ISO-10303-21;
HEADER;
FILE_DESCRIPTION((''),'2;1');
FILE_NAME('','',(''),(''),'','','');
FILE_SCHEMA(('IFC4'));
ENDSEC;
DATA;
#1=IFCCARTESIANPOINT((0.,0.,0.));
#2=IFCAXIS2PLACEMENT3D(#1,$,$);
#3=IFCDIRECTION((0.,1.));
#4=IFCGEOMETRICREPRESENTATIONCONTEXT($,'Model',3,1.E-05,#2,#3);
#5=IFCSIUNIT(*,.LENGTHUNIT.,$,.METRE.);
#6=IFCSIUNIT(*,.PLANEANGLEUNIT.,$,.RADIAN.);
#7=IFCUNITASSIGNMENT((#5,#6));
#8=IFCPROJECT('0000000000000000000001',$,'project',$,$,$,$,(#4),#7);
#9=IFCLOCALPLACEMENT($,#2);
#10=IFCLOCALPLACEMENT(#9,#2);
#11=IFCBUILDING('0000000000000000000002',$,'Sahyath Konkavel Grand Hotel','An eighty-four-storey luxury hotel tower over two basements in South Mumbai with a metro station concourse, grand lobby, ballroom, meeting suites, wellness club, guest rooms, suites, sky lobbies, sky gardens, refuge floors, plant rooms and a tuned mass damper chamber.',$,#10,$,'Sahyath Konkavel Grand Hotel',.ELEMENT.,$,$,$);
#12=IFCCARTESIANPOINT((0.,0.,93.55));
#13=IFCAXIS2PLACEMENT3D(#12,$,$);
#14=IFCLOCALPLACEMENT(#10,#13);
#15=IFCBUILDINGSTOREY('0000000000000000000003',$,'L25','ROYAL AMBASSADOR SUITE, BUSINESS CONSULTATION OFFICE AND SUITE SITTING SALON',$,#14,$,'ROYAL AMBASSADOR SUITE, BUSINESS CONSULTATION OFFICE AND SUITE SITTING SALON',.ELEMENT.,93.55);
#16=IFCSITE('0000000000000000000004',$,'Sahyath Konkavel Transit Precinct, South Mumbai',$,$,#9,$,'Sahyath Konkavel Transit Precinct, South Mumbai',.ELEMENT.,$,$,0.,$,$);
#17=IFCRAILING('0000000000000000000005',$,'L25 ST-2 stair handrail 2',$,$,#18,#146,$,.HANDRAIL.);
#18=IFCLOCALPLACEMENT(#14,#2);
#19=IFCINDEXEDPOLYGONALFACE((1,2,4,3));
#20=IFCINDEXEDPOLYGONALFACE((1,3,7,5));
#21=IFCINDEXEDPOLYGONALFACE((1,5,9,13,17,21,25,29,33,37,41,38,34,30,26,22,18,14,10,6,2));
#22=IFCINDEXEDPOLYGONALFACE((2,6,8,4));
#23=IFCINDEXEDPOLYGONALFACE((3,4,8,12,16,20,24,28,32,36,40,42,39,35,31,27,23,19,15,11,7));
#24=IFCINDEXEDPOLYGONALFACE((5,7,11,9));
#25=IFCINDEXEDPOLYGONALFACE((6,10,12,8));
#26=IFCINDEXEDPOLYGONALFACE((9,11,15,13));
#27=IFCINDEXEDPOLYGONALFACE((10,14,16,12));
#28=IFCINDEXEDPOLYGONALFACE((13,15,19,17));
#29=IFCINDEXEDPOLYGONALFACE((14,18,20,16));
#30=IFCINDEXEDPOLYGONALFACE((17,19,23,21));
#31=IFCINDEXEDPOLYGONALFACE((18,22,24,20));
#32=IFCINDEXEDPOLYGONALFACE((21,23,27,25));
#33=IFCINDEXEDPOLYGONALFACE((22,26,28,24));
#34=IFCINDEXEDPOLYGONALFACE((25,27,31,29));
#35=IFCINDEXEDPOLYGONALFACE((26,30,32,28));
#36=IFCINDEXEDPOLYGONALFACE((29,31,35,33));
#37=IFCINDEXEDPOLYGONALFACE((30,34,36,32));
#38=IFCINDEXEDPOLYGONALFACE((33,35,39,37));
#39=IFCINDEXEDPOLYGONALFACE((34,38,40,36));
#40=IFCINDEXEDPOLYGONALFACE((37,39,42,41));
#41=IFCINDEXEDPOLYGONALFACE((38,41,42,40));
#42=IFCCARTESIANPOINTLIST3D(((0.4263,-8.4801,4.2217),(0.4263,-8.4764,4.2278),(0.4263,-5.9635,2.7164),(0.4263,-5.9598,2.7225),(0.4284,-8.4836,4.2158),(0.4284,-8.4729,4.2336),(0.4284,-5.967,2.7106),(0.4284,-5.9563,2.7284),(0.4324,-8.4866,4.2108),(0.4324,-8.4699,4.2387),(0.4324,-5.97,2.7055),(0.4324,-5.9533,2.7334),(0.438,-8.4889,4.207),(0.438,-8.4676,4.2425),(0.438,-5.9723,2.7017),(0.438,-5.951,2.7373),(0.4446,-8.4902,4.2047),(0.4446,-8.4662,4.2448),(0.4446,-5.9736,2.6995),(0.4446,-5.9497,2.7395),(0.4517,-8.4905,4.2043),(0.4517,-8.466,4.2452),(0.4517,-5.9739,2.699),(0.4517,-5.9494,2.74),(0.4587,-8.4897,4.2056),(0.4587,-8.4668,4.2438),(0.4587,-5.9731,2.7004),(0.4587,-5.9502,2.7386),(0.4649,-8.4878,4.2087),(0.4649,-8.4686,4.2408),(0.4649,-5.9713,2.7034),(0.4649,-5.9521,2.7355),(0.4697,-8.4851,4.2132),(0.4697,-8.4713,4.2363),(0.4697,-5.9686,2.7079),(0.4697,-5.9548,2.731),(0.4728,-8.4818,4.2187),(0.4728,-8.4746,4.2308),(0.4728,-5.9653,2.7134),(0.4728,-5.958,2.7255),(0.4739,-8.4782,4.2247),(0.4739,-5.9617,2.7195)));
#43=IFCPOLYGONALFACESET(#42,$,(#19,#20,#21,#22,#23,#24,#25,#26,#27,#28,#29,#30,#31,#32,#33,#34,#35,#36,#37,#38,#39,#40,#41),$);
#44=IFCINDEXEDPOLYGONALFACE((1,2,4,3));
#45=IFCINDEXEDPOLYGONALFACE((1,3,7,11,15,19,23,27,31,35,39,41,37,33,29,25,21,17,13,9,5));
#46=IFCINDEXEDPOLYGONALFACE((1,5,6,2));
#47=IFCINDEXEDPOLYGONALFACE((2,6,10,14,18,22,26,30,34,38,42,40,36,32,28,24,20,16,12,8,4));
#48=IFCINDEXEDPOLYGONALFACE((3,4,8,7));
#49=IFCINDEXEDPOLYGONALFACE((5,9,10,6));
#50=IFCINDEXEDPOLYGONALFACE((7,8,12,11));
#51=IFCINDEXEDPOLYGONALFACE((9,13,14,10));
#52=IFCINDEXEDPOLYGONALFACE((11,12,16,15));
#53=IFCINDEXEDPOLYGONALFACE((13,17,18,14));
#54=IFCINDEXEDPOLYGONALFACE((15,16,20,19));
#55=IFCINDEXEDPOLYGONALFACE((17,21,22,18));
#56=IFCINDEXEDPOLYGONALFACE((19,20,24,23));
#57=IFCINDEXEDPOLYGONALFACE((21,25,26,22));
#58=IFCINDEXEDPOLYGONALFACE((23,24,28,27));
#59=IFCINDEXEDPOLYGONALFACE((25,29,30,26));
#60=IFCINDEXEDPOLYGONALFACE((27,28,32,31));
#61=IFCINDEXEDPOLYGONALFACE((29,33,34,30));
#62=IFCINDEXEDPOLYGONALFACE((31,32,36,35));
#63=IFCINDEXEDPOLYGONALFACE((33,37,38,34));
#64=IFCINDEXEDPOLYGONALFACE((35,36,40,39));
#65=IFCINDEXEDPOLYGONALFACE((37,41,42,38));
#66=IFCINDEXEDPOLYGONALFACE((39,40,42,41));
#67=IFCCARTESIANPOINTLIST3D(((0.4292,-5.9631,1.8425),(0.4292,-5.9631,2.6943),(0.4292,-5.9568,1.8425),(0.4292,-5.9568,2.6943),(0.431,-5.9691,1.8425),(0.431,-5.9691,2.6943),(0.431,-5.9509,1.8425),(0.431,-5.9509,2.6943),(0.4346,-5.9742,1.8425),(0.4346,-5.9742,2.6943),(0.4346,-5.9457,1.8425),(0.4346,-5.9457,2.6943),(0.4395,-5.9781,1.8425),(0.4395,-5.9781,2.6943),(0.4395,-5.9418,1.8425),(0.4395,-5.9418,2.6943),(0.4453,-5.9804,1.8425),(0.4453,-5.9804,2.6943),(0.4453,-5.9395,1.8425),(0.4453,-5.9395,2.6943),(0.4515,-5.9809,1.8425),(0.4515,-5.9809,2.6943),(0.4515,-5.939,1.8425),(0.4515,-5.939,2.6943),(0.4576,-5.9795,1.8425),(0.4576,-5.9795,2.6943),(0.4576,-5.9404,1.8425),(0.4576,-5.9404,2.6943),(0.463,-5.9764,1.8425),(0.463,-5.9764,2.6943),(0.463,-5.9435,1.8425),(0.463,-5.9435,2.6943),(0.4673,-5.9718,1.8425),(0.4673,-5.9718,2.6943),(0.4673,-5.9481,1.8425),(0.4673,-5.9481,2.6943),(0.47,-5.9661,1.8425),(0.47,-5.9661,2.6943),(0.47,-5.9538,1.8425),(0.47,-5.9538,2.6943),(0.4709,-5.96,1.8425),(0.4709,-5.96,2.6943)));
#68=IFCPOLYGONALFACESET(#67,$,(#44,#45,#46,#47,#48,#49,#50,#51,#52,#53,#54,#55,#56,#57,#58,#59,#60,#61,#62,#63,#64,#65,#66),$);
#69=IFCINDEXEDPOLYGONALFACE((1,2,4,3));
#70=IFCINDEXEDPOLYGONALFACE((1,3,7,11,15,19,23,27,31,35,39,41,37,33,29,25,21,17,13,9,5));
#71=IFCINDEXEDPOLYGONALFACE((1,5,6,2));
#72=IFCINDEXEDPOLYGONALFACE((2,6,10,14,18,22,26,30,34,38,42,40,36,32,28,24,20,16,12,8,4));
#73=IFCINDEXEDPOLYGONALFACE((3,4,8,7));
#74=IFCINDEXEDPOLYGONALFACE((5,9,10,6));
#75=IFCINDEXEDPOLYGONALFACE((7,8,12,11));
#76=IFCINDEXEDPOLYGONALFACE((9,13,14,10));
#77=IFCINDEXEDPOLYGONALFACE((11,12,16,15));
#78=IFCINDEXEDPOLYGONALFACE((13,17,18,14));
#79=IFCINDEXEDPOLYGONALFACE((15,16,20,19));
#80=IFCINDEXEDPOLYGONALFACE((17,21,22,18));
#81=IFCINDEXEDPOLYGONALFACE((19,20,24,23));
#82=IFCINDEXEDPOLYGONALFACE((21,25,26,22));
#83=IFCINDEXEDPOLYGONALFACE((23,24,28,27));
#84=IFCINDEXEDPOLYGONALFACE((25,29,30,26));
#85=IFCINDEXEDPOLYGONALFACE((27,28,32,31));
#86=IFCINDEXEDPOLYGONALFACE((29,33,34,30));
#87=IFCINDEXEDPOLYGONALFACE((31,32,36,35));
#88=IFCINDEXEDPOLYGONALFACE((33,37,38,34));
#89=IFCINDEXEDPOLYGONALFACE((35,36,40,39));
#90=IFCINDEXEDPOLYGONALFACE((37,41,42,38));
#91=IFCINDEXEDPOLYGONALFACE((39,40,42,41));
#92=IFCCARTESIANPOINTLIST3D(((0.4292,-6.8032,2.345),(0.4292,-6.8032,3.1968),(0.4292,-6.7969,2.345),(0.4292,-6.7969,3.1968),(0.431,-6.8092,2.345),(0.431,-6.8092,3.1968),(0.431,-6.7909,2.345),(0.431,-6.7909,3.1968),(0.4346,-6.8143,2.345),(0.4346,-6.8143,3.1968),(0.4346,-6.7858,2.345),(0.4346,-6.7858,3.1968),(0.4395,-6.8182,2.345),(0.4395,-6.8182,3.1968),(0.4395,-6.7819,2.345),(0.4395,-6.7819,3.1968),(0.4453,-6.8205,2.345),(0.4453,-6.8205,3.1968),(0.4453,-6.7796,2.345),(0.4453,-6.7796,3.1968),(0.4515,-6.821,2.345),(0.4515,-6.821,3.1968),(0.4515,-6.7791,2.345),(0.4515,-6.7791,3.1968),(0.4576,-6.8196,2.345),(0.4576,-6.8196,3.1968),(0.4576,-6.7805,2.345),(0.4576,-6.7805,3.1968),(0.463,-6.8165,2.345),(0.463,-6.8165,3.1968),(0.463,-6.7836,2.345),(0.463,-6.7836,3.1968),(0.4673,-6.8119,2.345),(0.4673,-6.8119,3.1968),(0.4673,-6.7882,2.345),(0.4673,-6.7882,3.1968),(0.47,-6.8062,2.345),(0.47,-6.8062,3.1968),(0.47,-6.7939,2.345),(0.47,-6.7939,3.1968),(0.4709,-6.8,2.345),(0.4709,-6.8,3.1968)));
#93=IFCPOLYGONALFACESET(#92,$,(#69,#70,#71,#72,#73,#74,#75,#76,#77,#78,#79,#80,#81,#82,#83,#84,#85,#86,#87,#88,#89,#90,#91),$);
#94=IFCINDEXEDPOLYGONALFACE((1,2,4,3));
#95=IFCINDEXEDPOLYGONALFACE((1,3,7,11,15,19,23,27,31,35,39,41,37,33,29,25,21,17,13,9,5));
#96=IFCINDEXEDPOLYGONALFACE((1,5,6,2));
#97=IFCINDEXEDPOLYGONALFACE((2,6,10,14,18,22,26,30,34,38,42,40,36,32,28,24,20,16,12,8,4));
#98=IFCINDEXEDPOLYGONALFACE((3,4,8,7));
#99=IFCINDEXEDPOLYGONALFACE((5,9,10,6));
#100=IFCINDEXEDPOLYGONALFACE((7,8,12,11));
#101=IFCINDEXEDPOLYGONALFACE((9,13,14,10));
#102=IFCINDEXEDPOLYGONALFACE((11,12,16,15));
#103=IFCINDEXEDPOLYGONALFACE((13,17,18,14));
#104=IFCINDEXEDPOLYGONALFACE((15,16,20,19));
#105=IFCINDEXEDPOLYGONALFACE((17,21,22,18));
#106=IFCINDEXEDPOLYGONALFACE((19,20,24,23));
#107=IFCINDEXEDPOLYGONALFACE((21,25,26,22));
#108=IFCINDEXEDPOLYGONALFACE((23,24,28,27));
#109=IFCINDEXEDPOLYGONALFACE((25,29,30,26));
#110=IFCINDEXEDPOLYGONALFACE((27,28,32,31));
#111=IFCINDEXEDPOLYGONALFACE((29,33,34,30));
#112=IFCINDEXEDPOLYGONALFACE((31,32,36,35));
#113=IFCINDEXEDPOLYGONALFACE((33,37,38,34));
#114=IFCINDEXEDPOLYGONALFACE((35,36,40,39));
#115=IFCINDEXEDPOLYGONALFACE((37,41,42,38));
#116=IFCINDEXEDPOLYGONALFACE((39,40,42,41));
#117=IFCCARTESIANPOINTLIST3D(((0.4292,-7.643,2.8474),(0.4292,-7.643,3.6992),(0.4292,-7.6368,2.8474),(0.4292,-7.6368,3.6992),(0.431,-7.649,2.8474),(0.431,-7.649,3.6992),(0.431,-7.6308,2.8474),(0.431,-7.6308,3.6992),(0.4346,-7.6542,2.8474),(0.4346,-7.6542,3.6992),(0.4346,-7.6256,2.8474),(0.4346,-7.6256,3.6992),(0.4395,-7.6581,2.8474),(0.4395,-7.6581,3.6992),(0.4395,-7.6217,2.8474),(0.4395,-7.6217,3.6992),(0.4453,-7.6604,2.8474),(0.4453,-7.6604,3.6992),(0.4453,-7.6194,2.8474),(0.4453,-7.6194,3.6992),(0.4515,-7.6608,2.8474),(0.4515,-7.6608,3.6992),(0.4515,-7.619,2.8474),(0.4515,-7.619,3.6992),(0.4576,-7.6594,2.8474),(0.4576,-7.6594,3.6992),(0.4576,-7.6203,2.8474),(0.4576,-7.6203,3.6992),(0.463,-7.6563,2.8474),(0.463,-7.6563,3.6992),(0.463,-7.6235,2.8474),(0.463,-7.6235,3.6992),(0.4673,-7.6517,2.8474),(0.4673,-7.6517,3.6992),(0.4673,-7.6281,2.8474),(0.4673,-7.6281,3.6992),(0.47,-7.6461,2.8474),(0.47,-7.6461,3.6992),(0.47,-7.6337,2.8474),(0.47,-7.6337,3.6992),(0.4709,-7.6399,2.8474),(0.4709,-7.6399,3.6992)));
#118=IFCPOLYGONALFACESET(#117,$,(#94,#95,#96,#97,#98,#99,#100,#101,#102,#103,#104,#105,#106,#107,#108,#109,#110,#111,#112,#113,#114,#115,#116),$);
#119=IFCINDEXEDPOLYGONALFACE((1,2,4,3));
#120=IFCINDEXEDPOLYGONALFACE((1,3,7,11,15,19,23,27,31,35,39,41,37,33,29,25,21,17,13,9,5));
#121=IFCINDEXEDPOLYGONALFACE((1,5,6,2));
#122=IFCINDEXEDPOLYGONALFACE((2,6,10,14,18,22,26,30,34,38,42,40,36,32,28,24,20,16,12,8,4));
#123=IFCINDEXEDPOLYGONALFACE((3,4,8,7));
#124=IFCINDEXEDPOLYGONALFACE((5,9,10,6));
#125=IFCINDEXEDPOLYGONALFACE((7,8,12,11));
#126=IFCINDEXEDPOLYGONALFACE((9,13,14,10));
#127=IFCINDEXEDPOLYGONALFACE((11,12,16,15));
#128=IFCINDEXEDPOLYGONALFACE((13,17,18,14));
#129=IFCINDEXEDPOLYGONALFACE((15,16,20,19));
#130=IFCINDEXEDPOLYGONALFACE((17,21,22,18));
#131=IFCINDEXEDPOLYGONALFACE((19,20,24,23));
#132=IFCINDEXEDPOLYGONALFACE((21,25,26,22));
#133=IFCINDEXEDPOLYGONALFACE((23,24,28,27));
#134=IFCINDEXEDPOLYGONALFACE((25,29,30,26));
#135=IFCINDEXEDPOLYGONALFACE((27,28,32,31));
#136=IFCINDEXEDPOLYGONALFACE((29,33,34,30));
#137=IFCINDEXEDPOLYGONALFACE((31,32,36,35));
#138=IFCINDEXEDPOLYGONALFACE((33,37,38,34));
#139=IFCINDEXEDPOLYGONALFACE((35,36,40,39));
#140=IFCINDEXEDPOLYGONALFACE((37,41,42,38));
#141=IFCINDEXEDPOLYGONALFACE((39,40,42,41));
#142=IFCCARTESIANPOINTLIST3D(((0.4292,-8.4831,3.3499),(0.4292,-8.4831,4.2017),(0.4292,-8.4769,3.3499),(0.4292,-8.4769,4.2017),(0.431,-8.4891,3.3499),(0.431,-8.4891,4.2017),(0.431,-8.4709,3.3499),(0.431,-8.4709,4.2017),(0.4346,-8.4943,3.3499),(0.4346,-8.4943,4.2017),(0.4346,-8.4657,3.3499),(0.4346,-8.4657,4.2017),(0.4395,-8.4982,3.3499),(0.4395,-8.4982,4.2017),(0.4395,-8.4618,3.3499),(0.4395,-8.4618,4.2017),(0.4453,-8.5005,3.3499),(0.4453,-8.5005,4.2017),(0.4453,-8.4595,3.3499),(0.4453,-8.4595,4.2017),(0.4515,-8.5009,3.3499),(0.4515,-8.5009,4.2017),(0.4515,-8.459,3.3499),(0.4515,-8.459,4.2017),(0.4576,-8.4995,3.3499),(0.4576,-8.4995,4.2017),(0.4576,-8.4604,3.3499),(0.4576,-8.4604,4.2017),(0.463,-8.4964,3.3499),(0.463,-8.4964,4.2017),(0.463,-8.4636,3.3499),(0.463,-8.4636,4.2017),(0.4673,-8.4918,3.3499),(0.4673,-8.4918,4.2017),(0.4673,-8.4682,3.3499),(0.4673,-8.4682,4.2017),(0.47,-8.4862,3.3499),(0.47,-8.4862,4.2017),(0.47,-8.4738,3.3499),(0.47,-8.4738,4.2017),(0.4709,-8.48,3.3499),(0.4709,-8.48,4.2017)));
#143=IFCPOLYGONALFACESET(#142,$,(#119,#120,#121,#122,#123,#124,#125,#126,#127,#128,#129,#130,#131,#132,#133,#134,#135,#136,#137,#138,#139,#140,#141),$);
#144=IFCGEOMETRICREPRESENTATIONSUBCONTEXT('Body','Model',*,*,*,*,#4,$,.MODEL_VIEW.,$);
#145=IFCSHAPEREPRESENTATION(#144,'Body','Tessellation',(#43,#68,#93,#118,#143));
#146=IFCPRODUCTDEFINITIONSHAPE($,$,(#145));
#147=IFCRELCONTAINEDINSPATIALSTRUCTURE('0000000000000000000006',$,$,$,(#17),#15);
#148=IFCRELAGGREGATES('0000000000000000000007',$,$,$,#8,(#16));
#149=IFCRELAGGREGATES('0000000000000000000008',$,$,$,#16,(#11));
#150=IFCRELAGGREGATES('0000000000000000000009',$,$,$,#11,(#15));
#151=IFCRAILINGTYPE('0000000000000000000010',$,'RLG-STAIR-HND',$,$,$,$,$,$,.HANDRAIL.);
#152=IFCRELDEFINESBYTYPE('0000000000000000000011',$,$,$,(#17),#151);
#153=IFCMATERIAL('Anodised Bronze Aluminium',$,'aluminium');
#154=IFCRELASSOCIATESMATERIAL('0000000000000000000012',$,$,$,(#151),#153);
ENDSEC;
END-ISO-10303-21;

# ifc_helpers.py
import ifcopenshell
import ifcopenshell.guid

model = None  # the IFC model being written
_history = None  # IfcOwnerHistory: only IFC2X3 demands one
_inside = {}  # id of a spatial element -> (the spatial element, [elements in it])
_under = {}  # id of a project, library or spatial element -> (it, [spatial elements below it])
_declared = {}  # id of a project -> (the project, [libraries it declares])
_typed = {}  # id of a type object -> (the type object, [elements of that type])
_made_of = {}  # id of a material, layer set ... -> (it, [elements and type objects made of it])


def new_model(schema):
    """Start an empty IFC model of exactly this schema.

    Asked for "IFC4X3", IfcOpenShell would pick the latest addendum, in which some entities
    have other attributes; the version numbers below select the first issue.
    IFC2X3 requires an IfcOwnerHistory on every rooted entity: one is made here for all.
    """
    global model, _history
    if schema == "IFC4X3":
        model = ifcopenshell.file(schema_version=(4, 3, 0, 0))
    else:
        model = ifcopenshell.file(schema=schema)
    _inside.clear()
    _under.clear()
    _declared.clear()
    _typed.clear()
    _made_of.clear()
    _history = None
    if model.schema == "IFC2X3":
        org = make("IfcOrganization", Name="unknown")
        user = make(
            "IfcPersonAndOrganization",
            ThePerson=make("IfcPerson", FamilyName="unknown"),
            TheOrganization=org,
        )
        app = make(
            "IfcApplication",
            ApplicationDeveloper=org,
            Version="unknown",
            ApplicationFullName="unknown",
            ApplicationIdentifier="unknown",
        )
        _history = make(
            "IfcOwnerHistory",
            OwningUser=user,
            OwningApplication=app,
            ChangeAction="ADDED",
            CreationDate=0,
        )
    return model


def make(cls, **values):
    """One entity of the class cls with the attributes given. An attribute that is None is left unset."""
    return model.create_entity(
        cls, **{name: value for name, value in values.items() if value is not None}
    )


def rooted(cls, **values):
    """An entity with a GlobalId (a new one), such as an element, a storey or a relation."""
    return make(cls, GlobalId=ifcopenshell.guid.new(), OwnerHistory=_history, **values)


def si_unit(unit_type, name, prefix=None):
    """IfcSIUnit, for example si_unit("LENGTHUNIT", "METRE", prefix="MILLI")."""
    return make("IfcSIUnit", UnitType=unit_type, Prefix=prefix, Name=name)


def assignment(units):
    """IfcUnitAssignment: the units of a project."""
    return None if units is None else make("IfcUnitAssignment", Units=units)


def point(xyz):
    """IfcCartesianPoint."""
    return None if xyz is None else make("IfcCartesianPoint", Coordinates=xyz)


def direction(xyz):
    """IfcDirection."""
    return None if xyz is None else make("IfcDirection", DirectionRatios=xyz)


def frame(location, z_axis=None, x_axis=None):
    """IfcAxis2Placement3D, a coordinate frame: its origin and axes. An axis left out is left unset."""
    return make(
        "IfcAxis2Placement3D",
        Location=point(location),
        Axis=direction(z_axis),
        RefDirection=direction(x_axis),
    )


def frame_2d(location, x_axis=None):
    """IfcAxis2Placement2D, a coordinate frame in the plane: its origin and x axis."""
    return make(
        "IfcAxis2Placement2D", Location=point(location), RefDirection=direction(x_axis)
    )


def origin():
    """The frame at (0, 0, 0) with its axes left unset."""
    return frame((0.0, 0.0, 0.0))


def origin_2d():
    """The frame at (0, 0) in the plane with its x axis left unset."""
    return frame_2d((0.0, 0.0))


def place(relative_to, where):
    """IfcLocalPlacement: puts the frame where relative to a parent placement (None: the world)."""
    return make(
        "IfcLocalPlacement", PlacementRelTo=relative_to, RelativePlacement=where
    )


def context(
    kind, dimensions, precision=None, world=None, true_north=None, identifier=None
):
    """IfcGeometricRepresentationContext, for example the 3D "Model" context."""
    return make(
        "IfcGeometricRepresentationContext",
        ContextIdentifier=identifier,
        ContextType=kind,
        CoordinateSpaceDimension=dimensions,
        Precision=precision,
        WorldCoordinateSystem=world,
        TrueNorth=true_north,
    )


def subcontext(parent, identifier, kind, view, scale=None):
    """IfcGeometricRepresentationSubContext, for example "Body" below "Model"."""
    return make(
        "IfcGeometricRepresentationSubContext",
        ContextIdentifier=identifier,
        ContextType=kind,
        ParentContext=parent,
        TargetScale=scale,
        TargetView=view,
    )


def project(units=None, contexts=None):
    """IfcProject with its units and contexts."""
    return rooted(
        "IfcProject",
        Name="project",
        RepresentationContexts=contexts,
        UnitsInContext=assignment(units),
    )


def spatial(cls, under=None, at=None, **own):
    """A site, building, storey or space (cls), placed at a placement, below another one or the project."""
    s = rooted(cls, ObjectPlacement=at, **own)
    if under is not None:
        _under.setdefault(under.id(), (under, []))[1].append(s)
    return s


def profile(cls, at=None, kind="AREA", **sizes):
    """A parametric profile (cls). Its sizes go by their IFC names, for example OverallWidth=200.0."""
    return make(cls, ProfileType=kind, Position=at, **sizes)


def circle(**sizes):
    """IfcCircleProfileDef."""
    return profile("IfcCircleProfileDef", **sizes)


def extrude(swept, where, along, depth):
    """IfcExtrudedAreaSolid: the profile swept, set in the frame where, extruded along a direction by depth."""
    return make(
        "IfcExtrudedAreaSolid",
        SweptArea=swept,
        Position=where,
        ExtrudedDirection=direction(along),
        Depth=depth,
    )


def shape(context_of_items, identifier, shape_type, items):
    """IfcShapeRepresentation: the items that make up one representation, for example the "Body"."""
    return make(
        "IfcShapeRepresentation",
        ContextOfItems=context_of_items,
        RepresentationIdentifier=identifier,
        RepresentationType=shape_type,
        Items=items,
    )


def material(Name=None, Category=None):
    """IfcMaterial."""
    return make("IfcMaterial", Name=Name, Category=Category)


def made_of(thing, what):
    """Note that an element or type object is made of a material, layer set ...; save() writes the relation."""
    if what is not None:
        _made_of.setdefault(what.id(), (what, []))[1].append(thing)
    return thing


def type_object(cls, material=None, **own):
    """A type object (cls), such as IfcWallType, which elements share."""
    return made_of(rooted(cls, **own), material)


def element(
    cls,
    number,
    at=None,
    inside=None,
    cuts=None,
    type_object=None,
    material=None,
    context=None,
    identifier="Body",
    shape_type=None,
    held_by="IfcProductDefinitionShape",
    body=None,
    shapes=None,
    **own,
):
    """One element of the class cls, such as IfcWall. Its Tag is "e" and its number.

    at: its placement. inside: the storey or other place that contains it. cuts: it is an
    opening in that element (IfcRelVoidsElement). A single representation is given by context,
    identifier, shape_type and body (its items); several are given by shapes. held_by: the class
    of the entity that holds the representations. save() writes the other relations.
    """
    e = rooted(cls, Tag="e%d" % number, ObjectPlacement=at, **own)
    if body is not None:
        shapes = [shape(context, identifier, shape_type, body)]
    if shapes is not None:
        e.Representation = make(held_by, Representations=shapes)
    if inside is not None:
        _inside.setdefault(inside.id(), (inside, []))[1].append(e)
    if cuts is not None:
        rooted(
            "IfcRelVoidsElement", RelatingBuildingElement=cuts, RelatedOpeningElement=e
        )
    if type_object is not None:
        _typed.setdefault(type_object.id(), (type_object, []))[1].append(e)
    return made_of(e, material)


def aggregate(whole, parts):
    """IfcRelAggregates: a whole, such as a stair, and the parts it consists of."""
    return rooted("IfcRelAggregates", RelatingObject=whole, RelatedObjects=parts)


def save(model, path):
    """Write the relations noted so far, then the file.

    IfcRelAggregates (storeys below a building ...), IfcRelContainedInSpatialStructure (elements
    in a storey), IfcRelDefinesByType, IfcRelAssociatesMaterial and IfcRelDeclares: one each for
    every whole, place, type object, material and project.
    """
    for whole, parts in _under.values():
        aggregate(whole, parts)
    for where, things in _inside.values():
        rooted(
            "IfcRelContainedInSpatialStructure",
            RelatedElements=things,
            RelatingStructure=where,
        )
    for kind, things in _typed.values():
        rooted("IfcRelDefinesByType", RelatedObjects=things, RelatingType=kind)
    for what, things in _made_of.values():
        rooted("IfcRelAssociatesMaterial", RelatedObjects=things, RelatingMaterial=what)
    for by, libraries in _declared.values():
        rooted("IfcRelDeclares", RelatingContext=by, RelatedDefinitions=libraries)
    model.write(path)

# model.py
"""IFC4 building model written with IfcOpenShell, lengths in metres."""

from ifc_helpers import new_model, si_unit, direction, frame, origin, origin_2d, place, context, subcontext, project, spatial, circle, extrude, material, type_object, element, save


model = new_model("IFC4")

# Units and contexts
model_context = context("Model", 3, precision=1e-05, world=origin(), true_north=direction((0.0, 1.0)))
body_context = subcontext(model_context, "Body", "Model", "MODEL_VIEW")
ifc_project = project(units=[si_unit("LENGTHUNIT", "METRE"), si_unit("PLANEANGLEUNIT", "RADIAN")], contexts=[model_context])

# Site, building, storey
site_placement = place(None, origin())
site = spatial("IfcSite", under=ifc_project, at=site_placement, Name="Sahyath Konkavel Transit Precinct, South Mumbai", LongName="Sahyath Konkavel Transit Precinct, South Mumbai", CompositionType="ELEMENT", RefElevation=0.0)
building_placement = place(site_placement, origin())
building = spatial("IfcBuilding", under=site, at=building_placement, Name="Sahyath Konkavel Grand Hotel", Description="An eighty-four-storey luxury hotel tower over two basements in South Mumbai with a metro station concourse, grand lobby, ballroom, meeting suites, wellness club, guest rooms, suites, sky lobbies, sky gardens, refuge floors, plant rooms and a tuned mass damper chamber.", LongName="Sahyath Konkavel Grand Hotel", CompositionType="ELEMENT")
storey_placement = place(building_placement, frame((0.0, 0.0, 93.55)))
storey = spatial("IfcBuildingStorey", under=building, at=storey_placement, Name="L25", Description="ROYAL AMBASSADOR SUITE, BUSINESS CONSULTATION OFFICE AND SUITE SITTING SALON", LongName="ROYAL AMBASSADOR SUITE, BUSINESS CONSULTATION OFFICE AND SUITE SITTING SALON", CompositionType="ELEMENT", Elevation=93.55)

# Shared definitions
ifc_material_1 = material(Name="Anodised Bronze Aluminium", Category="aluminium")

# Railing
railing_type_1 = type_object("IfcRailingType", Name="RLG-STAIR-HND", PredefinedType="HANDRAIL", material=ifc_material_1)
railing_1_placement = place(storey_placement, frame((0.45, -5.96, 1.8425)))
element("IfcRailing", 1, at=railing_1_placement, inside=storey, type_object=railing_type_1, Name="L25 ST-2 stair handrail 2", PredefinedType="HANDRAIL", context=body_context, shape_type="SweptSolid", body=[
    extrude(circle(Radius=0.0239, at=origin_2d()), frame((0.0, -0.0017, 0.877), z_axis=(0.0, -0.858196, 0.513321), x_axis=(1.0, 0.0, 0.0)), (0.0, 0.0, 1.0), 2.9324),
    extrude(circle(Radius=0.021, at=origin_2d()), origin(), (0.0, 0.0, 1.0), 0.8518),
    extrude(circle(Radius=0.021, at=origin_2d()), frame((0.0, -0.8401, 0.5024)), (0.0, 0.0, 1.0), 0.8518),
    extrude(circle(Radius=0.021, at=origin_2d()), frame((0.0, -1.6799, 1.0049)), (0.0, 0.0, 1.0), 0.8518),
    extrude(circle(Radius=0.021, at=origin_2d()), frame((0.0, -2.52, 1.5073)), (0.0, 0.0, 1.0), 0.8518),
])

save(model, "model.ifc")
